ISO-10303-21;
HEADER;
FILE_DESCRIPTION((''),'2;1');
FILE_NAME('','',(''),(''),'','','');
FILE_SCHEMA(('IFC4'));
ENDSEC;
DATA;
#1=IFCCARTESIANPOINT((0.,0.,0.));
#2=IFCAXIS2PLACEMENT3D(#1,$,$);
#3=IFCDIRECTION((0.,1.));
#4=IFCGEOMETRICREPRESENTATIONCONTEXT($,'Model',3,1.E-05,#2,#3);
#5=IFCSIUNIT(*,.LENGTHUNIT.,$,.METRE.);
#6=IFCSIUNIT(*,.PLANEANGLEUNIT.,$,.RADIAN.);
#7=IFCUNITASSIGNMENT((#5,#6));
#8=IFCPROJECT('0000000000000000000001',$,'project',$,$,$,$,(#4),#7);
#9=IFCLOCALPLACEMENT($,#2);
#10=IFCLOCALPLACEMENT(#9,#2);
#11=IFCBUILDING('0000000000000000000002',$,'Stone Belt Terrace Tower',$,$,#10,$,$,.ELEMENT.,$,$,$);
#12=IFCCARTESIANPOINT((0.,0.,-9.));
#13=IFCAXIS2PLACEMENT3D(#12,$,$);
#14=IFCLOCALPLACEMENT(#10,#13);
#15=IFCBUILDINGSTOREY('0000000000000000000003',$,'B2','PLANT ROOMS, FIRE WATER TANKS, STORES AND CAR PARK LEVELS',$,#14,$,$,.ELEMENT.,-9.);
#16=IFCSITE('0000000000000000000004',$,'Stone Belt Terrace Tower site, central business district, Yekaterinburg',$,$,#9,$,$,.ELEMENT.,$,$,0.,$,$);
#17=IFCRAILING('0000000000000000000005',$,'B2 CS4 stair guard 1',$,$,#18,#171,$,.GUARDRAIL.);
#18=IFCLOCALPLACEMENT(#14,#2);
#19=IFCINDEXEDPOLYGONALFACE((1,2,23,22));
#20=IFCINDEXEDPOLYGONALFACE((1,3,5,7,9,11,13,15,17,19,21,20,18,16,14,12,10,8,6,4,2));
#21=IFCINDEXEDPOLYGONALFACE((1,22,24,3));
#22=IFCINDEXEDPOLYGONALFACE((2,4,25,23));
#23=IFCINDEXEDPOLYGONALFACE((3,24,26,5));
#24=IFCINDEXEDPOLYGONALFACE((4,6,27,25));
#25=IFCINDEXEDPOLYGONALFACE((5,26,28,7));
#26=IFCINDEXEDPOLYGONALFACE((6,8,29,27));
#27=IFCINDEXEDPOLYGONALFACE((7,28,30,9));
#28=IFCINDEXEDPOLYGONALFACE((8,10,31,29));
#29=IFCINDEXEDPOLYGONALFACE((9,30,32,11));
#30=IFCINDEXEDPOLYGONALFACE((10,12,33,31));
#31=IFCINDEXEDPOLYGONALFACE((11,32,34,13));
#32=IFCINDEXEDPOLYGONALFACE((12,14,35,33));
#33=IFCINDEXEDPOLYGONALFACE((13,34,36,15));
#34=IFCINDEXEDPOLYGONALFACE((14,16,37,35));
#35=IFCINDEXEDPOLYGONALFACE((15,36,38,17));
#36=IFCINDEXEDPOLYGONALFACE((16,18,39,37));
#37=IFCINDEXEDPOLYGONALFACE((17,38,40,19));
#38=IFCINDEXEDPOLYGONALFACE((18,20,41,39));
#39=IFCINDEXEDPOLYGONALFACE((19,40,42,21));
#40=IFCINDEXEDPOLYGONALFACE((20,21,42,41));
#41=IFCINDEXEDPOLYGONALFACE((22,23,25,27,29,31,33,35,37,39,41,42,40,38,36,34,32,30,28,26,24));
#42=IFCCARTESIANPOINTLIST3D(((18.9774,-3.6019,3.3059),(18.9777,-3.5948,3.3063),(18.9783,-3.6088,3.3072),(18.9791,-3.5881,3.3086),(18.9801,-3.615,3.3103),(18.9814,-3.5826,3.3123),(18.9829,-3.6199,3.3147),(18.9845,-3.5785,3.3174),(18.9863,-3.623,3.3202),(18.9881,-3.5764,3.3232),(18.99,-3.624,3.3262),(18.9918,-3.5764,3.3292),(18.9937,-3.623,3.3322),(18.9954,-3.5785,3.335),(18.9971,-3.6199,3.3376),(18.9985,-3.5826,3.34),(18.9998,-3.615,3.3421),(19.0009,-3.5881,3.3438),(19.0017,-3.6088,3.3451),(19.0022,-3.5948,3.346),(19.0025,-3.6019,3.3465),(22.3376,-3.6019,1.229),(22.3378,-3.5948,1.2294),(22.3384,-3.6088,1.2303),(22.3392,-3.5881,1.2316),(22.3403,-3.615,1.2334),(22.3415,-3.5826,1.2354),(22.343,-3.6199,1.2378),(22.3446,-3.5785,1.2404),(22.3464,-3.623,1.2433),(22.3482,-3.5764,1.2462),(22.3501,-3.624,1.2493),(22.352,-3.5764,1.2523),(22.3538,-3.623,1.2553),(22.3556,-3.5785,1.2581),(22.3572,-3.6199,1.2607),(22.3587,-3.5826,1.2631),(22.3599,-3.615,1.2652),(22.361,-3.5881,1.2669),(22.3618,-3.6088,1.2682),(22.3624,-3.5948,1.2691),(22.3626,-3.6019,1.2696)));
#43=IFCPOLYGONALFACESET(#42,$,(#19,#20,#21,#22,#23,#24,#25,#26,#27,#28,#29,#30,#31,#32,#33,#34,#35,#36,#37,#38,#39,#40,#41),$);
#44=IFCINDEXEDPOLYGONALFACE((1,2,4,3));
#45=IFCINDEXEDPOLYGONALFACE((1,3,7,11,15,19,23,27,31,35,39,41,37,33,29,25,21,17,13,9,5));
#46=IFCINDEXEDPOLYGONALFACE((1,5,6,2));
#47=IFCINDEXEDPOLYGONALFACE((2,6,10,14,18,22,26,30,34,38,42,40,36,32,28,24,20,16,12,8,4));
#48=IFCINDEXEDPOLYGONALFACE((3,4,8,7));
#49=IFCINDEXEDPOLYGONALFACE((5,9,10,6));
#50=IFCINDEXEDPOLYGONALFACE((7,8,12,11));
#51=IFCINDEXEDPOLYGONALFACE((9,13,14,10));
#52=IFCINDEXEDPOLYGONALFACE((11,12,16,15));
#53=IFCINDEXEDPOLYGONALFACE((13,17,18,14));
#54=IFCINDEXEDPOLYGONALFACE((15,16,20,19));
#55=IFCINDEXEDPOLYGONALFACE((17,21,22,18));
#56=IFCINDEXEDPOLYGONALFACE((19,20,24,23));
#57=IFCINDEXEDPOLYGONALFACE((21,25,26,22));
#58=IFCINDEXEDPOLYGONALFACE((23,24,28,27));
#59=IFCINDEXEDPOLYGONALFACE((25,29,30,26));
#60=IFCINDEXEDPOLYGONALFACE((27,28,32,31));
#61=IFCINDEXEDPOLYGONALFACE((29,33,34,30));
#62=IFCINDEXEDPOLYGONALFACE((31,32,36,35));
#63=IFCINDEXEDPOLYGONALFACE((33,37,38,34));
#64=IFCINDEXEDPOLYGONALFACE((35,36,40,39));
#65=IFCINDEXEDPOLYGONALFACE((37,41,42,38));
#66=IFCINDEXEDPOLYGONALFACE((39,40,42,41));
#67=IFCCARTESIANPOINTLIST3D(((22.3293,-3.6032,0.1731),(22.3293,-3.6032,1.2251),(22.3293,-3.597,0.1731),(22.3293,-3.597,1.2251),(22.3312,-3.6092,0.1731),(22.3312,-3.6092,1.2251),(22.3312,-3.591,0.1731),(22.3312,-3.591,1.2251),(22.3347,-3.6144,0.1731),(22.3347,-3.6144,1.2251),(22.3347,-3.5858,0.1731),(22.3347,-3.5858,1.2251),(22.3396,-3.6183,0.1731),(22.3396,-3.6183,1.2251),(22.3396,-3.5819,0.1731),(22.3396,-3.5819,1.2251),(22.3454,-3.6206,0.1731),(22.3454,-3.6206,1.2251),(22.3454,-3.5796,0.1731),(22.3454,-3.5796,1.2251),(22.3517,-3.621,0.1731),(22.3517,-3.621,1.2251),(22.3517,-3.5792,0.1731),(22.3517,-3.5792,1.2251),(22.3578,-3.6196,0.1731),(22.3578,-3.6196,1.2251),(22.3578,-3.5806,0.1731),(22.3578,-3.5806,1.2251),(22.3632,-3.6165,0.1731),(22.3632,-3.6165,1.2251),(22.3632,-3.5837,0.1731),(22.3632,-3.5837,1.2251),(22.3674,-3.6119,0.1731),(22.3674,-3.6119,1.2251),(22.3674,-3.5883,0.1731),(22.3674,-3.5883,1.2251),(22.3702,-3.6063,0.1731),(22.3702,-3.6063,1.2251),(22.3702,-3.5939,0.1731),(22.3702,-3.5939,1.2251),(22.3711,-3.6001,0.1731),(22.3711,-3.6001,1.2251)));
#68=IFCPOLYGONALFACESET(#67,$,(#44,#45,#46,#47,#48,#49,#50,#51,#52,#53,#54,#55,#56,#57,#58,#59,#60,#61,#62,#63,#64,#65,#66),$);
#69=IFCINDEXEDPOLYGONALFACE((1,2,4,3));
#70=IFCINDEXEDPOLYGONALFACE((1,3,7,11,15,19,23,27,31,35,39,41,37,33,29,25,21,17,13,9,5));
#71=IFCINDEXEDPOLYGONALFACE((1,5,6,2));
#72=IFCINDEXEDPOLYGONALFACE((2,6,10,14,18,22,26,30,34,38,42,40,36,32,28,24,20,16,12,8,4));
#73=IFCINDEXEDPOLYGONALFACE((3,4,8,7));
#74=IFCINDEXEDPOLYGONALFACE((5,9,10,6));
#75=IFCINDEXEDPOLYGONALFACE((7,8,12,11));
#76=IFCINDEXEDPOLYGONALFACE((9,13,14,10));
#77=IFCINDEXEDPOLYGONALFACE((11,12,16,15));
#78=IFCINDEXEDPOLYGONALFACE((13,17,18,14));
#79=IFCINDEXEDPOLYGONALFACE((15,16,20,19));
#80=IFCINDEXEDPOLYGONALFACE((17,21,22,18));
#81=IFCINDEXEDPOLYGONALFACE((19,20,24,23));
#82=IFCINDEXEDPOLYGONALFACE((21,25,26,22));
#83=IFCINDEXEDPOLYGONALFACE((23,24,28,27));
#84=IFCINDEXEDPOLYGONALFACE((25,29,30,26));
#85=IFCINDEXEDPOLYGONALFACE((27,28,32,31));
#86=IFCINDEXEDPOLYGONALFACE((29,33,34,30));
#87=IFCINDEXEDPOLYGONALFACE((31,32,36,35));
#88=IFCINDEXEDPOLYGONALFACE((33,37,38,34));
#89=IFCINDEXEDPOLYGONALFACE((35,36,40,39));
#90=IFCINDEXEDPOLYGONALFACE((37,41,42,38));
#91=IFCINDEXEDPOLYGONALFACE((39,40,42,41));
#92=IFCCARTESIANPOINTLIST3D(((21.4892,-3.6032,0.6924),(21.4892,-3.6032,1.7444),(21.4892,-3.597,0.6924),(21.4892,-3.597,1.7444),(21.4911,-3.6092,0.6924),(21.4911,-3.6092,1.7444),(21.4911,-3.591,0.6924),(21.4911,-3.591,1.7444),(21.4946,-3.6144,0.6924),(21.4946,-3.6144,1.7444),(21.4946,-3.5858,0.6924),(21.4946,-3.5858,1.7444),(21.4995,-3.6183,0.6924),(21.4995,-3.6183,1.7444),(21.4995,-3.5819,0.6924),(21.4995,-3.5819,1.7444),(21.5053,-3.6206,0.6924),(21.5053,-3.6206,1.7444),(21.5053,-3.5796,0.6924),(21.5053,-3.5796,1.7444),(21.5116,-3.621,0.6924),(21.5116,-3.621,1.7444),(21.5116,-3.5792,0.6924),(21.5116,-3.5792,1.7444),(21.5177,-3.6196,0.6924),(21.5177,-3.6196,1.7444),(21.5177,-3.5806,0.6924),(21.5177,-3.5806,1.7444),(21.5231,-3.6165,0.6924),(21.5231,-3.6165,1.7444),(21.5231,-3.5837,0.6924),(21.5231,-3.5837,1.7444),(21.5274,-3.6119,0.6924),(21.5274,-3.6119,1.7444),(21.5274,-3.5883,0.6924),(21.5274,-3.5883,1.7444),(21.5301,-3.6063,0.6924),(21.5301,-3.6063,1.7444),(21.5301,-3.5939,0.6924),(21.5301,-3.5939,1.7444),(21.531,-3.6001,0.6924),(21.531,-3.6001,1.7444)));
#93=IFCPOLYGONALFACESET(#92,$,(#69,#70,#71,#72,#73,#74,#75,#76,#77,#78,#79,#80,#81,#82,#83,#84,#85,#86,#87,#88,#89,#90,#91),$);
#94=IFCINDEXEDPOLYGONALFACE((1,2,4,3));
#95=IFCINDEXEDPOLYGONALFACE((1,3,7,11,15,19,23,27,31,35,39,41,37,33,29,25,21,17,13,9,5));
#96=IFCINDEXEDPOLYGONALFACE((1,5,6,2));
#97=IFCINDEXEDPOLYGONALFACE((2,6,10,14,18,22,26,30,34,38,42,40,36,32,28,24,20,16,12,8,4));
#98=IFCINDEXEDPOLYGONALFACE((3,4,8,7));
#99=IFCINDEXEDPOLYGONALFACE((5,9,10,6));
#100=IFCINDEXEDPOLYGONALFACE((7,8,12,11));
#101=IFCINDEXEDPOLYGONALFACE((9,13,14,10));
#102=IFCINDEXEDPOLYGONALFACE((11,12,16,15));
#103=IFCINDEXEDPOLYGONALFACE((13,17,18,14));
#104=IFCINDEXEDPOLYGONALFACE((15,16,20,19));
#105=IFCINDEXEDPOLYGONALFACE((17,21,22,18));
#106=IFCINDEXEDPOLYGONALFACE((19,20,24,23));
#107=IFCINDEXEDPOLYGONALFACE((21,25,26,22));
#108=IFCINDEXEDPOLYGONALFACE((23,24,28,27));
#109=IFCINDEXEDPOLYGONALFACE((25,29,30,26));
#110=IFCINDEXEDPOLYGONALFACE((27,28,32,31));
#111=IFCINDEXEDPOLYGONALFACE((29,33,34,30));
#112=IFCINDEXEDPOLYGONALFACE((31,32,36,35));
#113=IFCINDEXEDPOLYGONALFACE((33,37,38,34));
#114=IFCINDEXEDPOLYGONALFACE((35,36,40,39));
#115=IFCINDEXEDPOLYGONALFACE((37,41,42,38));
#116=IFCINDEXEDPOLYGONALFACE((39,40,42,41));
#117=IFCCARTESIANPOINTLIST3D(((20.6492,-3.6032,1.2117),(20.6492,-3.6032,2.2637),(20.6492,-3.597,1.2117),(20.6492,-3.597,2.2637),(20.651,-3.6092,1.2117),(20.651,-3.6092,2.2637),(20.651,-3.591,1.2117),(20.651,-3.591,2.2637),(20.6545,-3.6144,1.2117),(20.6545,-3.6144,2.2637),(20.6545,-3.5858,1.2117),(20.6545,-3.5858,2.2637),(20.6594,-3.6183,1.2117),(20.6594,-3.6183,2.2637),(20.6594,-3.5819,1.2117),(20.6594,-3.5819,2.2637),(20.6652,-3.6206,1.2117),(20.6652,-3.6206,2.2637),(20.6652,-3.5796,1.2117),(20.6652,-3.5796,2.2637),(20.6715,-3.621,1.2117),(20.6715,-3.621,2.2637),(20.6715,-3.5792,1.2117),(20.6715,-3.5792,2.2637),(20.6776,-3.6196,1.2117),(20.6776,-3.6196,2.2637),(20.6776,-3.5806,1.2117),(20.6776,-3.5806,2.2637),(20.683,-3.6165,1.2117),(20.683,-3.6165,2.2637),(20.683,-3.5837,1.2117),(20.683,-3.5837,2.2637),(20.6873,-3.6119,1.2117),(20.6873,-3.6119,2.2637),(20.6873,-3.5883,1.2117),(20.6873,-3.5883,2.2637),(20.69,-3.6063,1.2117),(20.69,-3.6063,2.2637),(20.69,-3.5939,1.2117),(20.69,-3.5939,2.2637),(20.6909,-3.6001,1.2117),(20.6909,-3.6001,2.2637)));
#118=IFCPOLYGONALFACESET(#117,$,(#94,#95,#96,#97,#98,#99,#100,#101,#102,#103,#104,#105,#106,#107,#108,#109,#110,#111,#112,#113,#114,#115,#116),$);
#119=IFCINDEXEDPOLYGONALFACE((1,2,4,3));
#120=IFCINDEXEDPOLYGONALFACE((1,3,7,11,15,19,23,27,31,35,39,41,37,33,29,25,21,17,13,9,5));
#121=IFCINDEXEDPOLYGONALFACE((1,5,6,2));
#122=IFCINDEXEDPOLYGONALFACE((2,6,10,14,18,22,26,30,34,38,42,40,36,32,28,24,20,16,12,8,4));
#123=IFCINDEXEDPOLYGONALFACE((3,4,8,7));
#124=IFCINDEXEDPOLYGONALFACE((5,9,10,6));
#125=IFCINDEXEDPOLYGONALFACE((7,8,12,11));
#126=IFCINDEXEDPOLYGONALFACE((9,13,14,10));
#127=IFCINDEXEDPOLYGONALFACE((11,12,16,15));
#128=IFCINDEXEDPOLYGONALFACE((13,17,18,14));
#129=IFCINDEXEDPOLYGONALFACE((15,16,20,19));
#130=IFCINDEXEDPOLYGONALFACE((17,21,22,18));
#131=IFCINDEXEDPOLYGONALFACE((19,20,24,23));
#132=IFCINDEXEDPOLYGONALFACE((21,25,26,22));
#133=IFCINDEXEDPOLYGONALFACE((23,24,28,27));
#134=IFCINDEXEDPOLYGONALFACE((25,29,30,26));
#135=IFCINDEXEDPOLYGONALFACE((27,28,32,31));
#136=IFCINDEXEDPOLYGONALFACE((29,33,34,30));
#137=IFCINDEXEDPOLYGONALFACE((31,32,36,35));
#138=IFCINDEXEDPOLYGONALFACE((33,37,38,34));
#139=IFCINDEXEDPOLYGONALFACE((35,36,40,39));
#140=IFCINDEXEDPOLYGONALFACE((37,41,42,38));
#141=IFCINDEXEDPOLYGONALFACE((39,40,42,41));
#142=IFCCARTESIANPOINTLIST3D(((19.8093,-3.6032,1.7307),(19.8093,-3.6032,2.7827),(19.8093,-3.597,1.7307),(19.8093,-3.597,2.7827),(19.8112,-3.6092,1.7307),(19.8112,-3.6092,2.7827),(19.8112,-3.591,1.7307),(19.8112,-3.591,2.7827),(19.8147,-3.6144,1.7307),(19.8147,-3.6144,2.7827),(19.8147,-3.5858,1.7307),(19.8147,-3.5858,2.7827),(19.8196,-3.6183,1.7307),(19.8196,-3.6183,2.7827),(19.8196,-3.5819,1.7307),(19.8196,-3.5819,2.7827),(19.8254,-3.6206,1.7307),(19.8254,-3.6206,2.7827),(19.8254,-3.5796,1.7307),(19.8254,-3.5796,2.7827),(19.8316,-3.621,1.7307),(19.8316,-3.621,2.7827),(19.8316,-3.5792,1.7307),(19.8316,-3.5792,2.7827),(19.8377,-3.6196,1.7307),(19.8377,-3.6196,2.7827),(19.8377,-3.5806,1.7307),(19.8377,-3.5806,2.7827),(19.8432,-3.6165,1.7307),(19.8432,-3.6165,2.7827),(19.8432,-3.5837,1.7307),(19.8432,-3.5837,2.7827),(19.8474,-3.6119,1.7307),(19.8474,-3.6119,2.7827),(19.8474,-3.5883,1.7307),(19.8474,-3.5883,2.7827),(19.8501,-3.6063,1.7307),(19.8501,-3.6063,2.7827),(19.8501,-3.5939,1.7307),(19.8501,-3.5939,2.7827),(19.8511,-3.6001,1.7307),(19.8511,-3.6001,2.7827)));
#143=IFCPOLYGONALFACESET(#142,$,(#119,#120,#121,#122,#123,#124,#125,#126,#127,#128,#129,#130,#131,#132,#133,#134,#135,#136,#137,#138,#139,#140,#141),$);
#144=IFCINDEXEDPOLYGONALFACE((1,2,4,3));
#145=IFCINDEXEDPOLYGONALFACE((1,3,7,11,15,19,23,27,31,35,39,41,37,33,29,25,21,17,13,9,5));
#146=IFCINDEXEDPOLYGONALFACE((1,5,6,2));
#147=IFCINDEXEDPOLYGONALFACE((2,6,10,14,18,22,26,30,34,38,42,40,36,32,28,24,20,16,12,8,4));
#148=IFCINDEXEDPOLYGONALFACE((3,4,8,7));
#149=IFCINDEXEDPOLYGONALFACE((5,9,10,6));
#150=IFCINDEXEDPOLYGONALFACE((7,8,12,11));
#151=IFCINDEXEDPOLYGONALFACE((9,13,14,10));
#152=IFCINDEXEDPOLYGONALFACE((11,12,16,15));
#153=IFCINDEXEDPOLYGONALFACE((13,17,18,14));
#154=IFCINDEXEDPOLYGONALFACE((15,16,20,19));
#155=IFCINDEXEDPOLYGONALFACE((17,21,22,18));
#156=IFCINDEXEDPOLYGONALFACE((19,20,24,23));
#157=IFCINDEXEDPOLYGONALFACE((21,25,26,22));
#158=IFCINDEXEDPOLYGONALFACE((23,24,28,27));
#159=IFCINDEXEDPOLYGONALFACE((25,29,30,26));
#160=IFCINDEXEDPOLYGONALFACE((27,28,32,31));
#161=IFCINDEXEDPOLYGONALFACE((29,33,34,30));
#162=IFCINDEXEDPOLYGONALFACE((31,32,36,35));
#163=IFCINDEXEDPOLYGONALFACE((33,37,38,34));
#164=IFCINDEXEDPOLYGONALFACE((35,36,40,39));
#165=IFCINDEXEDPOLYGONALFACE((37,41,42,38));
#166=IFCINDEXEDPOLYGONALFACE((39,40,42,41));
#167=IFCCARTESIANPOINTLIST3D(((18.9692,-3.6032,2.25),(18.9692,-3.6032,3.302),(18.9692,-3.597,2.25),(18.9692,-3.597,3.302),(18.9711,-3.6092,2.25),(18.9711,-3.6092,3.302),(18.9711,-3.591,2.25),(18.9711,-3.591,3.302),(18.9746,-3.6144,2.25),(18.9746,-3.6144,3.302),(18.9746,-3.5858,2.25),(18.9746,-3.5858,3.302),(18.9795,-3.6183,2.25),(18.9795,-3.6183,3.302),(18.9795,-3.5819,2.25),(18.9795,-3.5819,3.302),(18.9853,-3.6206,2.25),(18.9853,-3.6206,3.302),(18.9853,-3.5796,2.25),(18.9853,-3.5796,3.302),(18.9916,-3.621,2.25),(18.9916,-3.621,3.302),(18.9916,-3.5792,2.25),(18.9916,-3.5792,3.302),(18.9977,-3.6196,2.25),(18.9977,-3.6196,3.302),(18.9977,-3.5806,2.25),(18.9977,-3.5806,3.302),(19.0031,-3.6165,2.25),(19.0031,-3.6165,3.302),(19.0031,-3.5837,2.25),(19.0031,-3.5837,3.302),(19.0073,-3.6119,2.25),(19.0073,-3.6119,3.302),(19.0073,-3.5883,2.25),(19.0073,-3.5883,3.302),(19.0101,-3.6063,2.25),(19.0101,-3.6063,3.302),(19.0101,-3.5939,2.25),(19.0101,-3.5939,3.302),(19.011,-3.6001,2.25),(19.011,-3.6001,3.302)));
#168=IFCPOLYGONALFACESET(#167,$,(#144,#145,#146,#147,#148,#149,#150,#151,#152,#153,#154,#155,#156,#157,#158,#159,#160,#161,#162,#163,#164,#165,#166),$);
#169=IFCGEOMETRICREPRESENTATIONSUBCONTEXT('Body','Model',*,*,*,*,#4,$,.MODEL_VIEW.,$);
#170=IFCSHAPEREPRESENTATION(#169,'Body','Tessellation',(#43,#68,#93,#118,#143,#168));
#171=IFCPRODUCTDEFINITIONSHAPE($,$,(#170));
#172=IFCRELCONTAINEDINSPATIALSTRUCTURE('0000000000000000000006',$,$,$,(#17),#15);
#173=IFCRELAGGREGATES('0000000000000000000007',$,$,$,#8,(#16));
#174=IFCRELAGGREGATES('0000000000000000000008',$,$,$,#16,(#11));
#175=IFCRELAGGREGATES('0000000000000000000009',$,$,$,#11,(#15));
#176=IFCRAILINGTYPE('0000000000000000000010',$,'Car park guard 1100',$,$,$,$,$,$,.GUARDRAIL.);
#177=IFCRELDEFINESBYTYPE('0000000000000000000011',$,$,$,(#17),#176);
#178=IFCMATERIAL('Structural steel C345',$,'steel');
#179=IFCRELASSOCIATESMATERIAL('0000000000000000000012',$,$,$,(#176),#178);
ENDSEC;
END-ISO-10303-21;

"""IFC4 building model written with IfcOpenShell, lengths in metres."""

from ifc_helpers import new_model, si_unit, direction, frame, origin, origin_2d, place, context, subcontext, project, spatial, circle, extrude, material, type_object, element, save


model = new_model("IFC4")

# Units and contexts
model_context = context("Model", 3, precision=1e-05, world=origin(), true_north=direction((0.0, 1.0)))
body_context = subcontext(model_context, "Body", "Model", "MODEL_VIEW")
ifc_project = project(units=[si_unit("LENGTHUNIT", "METRE"), si_unit("PLANEANGLEUNIT", "RADIAN")], contexts=[model_context])

# Site, building, storey
site_placement = place(None, origin())
site = spatial("IfcSite", under=ifc_project, at=site_placement, Name="Stone Belt Terrace Tower site, central business district, Yekaterinburg", CompositionType="ELEMENT", RefElevation=0.0)
building_placement = place(site_placement, origin())
building = spatial("IfcBuilding", under=site, at=building_placement, Name="Stone Belt Terrace Tower", CompositionType="ELEMENT")
storey_placement = place(building_placement, frame((0.0, 0.0, -9.0)))
storey = spatial("IfcBuildingStorey", under=building, at=storey_placement, Name="B2", Description="PLANT ROOMS, FIRE WATER TANKS, STORES AND CAR PARK LEVELS", CompositionType="ELEMENT", Elevation=-9.0)

# Railing
ifc_material_1 = material(Name="Structural steel C345", Category="steel")
railing_type_1 = type_object("IfcRailingType", Name="Car park guard 1100", PredefinedType="GUARDRAIL", material=ifc_material_1)
railing_1_placement = place(storey_placement, frame((22.3501, -3.6001, 0.1731)))
element("IfcRailing", 1, at=railing_1_placement, inside=storey, type_object=railing_type_1, Name="B2 CS4 stair guard 1", PredefinedType="GUARDRAIL", context=body_context, shape_type="SweptSolid", body=[
    extrude(circle(Radius=0.0239, at=origin_2d()), frame((0.0, 0.0, 1.0762), z_axis=(-0.850623, 0.0, 0.525776), x_axis=(0.0, -1.0, 0.0)), (0.0, 0.0, 1.0), 3.9502),
    extrude(circle(Radius=0.021, at=origin_2d()), origin(), (0.0, 0.0, 1.0), 1.052),
    extrude(circle(Radius=0.021, at=origin_2d()), frame((-0.8401, 0.0, 0.5193)), (0.0, 0.0, 1.0), 1.052),
    extrude(circle(Radius=0.021, at=origin_2d()), frame((-1.6802, 0.0, 1.0386)), (0.0, 0.0, 1.0), 1.052),
    extrude(circle(Radius=0.021, at=origin_2d()), frame((-2.52, 0.0, 1.5576)), (0.0, 0.0, 1.0), 1.052),
    extrude(circle(Radius=0.021, at=origin_2d()), frame((-3.3601, 0.0, 2.0769)), (0.0, 0.0, 1.0), 1.052),
])

save(model, "model.ifc")
